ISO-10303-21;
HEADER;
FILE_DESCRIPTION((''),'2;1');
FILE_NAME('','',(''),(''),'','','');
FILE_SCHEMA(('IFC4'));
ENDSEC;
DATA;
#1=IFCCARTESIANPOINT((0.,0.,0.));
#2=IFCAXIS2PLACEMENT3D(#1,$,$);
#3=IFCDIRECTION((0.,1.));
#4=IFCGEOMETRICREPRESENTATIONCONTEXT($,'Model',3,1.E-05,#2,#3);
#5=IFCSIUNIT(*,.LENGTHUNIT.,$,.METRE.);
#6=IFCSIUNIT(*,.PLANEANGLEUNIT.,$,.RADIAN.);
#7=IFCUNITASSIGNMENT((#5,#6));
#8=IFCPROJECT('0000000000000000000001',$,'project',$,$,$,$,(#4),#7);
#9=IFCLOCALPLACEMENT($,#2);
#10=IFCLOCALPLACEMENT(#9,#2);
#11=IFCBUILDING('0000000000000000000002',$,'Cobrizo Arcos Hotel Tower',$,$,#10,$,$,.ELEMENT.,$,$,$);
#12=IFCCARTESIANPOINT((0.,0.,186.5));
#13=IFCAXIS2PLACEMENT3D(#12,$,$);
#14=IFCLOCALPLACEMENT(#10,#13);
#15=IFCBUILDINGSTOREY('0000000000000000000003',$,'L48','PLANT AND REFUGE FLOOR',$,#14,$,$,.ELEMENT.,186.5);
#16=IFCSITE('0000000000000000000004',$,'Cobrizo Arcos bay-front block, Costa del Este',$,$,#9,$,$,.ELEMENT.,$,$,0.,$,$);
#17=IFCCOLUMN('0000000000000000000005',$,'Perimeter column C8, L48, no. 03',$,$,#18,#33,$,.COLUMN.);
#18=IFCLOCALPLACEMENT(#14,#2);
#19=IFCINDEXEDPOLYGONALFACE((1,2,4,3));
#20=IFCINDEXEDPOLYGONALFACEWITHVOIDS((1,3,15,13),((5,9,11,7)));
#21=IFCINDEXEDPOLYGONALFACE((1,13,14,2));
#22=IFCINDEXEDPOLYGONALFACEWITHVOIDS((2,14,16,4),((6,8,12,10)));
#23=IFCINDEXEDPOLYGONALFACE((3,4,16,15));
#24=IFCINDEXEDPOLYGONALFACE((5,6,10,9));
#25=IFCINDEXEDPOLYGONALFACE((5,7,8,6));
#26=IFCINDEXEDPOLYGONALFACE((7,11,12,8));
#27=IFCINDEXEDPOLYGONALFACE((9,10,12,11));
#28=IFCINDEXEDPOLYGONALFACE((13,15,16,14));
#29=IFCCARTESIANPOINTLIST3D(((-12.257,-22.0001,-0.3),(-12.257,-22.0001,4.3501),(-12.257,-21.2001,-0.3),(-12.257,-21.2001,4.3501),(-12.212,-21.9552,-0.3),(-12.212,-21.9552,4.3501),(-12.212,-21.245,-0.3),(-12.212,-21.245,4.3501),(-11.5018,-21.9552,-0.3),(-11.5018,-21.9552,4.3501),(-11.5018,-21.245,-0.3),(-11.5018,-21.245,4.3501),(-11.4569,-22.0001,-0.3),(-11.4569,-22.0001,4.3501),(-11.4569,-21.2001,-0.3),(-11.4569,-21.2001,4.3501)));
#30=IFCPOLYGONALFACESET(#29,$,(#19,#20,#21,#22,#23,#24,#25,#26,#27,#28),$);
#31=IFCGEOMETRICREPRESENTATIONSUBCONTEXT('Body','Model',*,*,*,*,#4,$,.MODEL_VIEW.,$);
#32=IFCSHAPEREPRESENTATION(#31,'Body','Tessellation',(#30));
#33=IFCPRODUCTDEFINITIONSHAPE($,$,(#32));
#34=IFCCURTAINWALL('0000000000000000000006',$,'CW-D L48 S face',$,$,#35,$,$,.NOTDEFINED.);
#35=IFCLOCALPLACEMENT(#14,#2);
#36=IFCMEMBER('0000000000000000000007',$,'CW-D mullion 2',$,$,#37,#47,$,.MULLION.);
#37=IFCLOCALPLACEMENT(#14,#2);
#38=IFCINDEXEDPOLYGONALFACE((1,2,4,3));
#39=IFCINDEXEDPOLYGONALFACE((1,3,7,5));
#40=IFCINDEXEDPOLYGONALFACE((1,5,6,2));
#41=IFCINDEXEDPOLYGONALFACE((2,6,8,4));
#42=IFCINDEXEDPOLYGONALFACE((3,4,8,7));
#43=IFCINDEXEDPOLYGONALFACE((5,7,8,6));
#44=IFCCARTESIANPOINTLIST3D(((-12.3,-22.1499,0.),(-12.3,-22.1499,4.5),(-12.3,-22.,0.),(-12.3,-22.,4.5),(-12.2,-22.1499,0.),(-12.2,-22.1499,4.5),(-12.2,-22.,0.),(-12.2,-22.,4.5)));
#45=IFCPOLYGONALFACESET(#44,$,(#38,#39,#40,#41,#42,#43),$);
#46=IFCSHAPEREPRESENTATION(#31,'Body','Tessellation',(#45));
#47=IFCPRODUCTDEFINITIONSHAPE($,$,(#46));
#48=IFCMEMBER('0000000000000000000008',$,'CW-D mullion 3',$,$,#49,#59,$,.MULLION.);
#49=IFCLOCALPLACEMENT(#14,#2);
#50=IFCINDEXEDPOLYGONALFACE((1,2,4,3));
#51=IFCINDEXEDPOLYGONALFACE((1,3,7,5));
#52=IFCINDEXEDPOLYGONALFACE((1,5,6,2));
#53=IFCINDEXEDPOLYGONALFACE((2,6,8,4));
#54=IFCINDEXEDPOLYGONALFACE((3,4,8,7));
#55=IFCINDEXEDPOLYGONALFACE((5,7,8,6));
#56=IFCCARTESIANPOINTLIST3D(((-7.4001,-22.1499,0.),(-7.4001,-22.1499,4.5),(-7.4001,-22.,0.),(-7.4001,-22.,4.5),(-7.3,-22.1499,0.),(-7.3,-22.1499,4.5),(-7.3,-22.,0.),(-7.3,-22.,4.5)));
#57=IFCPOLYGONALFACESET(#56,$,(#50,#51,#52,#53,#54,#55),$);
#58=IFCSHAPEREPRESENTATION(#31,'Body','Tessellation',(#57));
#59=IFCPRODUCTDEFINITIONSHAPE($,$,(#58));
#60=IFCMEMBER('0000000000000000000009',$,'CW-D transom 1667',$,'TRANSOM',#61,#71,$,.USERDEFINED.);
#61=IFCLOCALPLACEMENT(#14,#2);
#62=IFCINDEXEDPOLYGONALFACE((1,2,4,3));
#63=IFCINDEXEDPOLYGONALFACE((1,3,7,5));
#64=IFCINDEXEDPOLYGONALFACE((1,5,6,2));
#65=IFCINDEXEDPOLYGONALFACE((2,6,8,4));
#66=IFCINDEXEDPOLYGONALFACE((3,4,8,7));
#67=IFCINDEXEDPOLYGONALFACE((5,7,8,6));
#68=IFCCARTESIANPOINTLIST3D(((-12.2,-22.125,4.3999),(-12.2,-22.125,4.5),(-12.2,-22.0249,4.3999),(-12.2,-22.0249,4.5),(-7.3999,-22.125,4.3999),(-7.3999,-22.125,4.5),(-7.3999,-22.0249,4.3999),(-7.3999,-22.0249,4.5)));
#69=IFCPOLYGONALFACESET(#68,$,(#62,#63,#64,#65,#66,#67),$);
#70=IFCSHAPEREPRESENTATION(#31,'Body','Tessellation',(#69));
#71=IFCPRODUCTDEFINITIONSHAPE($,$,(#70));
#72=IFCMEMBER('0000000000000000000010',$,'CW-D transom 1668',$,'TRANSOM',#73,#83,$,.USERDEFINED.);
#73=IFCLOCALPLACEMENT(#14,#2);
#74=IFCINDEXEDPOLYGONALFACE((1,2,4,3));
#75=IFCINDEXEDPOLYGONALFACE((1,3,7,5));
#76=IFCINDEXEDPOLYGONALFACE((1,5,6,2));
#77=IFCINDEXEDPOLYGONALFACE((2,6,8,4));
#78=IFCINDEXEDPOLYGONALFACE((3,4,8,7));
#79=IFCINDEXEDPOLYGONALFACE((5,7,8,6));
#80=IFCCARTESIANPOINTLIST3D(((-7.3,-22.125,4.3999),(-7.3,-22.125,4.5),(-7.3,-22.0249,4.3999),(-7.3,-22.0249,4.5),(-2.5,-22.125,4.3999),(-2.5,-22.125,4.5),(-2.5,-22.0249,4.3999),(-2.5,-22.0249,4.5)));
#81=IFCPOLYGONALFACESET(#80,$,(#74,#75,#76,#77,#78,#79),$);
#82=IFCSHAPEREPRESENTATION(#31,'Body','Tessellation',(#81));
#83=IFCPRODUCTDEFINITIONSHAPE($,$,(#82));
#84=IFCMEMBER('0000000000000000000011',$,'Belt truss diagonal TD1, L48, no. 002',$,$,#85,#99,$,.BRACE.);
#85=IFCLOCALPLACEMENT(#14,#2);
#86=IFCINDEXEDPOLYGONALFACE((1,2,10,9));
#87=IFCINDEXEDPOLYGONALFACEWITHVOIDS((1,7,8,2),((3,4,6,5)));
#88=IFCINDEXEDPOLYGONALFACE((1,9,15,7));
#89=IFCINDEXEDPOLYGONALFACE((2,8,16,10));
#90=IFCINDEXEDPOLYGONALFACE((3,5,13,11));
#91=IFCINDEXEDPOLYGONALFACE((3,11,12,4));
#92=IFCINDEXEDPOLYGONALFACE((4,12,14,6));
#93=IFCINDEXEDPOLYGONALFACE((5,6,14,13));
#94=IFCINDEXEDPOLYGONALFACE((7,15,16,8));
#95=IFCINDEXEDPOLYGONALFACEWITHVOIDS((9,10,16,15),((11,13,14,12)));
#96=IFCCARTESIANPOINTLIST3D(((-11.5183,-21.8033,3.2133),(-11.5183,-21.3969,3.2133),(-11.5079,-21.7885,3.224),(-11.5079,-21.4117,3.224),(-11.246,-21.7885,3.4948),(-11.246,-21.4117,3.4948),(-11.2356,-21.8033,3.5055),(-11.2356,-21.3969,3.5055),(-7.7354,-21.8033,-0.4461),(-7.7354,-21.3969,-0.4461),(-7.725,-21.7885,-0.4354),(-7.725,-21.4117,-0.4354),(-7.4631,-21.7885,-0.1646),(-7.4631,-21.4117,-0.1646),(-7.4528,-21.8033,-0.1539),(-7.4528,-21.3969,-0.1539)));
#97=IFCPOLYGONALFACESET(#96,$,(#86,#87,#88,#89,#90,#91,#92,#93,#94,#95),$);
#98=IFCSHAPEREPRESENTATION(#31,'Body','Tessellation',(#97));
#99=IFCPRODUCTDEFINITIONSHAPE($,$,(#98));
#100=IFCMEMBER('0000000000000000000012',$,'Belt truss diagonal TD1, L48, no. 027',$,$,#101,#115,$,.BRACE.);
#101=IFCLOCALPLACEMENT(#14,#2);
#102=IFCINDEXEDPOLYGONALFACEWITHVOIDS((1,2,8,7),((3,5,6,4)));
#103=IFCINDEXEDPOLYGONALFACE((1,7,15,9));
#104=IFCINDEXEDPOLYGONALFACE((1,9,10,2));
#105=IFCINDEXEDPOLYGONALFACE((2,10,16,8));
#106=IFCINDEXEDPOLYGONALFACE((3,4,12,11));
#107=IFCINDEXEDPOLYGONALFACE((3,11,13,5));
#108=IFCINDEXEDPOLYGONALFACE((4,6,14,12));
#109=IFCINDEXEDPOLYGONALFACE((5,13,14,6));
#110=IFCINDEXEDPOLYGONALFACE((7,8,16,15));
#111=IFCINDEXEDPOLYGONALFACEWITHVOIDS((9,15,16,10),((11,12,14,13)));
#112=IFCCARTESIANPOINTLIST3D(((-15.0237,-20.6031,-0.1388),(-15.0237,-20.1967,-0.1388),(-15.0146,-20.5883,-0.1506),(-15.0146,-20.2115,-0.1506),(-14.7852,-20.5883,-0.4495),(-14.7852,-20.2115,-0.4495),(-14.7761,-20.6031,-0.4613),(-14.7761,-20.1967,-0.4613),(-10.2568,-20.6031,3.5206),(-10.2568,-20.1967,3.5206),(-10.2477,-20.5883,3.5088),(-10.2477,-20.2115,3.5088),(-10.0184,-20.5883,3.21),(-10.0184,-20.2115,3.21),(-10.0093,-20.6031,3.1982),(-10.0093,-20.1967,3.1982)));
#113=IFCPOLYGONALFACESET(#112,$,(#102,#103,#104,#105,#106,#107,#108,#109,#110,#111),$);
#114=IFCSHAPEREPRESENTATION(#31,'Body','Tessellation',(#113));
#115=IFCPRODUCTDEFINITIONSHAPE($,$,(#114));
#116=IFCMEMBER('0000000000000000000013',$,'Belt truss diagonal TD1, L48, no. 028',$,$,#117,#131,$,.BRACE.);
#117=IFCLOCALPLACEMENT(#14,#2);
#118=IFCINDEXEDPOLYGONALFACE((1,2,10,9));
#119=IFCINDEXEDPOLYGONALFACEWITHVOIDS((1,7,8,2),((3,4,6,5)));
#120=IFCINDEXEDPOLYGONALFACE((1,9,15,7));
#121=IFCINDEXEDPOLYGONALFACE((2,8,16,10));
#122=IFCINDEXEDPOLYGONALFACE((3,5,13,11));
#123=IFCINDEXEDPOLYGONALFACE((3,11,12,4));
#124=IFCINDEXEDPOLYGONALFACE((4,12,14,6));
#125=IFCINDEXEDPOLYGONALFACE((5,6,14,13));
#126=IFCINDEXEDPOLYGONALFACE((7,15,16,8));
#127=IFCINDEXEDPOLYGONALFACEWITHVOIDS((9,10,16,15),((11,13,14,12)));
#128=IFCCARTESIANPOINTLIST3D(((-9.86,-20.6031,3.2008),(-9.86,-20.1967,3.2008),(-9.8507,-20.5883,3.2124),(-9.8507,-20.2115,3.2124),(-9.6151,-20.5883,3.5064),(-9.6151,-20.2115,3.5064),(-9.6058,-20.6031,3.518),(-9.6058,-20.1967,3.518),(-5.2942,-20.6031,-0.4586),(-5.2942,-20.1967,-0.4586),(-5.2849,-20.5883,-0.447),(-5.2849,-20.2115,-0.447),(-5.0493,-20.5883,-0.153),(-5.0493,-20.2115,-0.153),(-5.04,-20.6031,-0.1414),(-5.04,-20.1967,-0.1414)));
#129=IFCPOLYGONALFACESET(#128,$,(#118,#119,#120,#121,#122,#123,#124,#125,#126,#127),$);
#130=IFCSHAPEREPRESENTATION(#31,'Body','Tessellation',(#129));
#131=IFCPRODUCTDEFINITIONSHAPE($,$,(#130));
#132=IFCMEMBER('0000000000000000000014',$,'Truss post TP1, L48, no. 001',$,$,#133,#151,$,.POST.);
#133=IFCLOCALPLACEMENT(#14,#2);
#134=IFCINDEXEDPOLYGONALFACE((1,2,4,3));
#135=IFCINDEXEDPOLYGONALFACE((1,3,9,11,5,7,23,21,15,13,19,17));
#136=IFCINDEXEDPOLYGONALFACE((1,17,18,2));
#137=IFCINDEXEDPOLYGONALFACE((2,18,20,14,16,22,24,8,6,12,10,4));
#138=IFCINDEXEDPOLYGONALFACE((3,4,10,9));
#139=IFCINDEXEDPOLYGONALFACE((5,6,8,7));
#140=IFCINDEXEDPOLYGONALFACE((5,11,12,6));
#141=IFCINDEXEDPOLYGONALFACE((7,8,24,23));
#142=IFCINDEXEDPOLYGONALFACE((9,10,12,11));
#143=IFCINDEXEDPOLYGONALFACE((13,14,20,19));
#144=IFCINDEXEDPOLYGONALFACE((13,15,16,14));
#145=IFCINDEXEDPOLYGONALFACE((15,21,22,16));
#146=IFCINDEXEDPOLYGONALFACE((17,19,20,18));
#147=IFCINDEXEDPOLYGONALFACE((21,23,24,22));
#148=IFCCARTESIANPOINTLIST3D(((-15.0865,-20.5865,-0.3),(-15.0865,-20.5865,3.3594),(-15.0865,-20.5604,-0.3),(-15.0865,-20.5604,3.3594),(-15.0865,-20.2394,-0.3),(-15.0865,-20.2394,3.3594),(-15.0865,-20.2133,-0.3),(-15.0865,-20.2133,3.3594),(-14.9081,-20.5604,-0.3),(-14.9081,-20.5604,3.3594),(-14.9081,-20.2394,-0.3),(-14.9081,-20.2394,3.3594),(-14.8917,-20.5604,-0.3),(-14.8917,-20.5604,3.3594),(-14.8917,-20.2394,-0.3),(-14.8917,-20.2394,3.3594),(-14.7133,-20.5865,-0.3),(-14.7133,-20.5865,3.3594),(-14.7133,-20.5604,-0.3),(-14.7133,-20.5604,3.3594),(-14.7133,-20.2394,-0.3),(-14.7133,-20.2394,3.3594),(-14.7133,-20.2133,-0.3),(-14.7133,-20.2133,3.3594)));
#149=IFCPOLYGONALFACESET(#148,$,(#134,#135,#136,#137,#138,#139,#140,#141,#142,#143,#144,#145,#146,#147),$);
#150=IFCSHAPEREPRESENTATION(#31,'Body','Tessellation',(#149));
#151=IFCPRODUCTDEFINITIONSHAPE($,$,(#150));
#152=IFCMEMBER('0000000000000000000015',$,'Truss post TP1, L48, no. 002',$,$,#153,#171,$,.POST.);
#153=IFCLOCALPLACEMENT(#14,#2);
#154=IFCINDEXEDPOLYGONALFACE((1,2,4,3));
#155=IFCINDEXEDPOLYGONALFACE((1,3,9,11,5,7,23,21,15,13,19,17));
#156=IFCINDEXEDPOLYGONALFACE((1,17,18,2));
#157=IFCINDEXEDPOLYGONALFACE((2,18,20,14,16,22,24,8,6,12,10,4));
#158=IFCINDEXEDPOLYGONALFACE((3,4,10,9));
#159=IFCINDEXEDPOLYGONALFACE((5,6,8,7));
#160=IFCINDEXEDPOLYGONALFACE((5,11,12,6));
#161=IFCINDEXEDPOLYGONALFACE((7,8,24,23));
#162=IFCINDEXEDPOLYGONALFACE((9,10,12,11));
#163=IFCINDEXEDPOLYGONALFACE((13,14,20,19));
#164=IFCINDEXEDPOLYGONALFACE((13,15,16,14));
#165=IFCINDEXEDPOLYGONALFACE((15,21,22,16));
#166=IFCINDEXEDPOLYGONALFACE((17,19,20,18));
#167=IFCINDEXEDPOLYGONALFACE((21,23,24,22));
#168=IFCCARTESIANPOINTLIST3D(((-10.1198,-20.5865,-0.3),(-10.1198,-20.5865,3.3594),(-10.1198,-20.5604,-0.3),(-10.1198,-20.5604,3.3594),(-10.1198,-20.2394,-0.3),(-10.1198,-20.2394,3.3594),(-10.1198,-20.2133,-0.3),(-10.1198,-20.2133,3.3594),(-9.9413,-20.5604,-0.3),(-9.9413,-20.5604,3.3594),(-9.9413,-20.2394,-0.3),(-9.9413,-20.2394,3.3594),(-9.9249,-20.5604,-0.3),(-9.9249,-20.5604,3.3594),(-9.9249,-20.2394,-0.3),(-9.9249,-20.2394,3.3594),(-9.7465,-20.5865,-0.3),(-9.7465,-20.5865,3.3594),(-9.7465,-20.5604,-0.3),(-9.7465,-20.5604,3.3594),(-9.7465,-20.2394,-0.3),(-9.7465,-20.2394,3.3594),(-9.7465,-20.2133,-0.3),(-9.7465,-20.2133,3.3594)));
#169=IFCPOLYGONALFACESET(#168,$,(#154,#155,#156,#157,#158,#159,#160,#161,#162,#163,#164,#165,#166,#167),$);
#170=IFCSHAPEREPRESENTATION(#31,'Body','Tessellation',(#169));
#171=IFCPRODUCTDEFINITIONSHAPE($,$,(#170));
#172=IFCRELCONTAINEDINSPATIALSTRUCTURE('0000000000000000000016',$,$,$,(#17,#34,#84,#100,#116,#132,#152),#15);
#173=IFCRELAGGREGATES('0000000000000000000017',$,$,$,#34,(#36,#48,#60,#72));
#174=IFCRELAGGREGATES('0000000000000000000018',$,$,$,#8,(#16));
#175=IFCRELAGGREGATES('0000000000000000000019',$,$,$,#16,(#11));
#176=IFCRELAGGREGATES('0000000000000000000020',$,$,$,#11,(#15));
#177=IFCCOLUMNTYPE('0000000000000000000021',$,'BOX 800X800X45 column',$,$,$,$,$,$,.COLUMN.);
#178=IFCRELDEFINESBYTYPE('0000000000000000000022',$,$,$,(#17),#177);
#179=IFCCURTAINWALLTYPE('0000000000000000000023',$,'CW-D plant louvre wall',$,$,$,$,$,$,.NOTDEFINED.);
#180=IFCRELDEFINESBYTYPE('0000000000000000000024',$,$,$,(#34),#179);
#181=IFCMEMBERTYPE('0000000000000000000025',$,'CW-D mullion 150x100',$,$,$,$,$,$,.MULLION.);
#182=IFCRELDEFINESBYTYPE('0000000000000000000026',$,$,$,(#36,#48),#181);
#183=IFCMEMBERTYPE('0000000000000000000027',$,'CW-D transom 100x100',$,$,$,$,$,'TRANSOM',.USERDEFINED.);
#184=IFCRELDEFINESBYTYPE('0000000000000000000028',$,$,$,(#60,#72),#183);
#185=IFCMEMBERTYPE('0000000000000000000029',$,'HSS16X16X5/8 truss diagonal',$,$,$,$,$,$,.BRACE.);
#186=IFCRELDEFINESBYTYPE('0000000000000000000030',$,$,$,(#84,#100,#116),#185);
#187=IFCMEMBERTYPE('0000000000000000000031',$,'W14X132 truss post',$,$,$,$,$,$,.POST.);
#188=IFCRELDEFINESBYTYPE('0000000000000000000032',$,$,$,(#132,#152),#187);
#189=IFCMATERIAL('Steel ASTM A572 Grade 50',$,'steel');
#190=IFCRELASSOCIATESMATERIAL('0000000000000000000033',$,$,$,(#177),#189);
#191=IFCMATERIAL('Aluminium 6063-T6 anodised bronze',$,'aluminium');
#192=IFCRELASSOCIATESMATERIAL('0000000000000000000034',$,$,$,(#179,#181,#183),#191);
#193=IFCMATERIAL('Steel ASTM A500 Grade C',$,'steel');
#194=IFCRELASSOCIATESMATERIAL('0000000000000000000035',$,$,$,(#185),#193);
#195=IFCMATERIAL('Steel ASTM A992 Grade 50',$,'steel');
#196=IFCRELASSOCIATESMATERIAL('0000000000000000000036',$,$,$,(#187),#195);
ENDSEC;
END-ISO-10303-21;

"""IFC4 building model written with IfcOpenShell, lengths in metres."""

from ifc_helpers import new_model, si_unit, direction, frame, origin, origin_2d, place, context, subcontext, project, spatial, rectangle, hollow_rectangle, i_section, extrude, material, material_profile, profile_set, type_object, element, aggregate, save


model = new_model("IFC4")

# Units and contexts
model_context = context("Model", 3, precision=1e-05, world=origin(), true_north=direction((0.0, 1.0)))
body_context = subcontext(model_context, "Body", "Model", "MODEL_VIEW")
ifc_project = project(units=[si_unit("LENGTHUNIT", "METRE"), si_unit("PLANEANGLEUNIT", "RADIAN")], contexts=[model_context])

# Site, building, storey
site_placement = place(None, origin())
site = spatial("IfcSite", under=ifc_project, at=site_placement, Name="Cobrizo Arcos bay-front block, Costa del Este", CompositionType="ELEMENT", RefElevation=0.0)
building_placement = place(site_placement, origin())
building = spatial("IfcBuilding", under=site, at=building_placement, Name="Cobrizo Arcos Hotel Tower", CompositionType="ELEMENT")
storey_placement = place(building_placement, frame((0.0, 0.0, 186.5)))
storey = spatial("IfcBuildingStorey", under=building, at=storey_placement, Name="L48", Description="PLANT AND REFUGE FLOOR", CompositionType="ELEMENT", Elevation=186.5)

# Column
ifc_material_1 = material(Name="Steel ASTM A572 Grade 50", Category="steel")
ifc_material_profile_1 = material_profile(ifc_material_1, hollow_rectangle(XDim=0.8, YDim=0.8, WallThickness=0.0449, at=origin_2d()), Name="BOX 800X800X45")
ifc_profile_set_1 = profile_set([ifc_material_profile_1], Name="Steel ASTM A572 Grade 50")
column_type = type_object("IfcColumnType", Name="BOX 800X800X45 column", PredefinedType="COLUMN", material=ifc_profile_set_1)
column_placement = place(storey_placement, frame((-11.8569, -21.6001, -0.3), z_axis=(0.0, 0.0, 1.0), x_axis=(1.0, 0.0, 0.0)))
element("IfcColumn", 1, at=column_placement, inside=storey, type_object=column_type, Name="Perimeter column C8, L48, no. 03", PredefinedType="COLUMN", context=body_context, shape_type="SweptSolid", body=[
    extrude(hollow_rectangle(XDim=0.8, YDim=0.8, WallThickness=0.0449, at=origin_2d()), origin(), (0.0, 0.0, 1.0), 4.6501),
])

# Curtain wall, members
ifc_material_2 = material(Name="Aluminium 6063-T6 anodised bronze", Category="aluminium")
curtain_wall_type = type_object("IfcCurtainWallType", Name="CW-D plant louvre wall", PredefinedType="NOTDEFINED", material=ifc_material_2)
curtain_wall_placement = place(storey_placement, origin())
curtain_wall = element("IfcCurtainWall", 2, at=curtain_wall_placement, inside=storey, type_object=curtain_wall_type, Name="CW-D L48 S face", PredefinedType="NOTDEFINED")
ifc_material_profile_2 = material_profile(ifc_material_2, rectangle(XDim=0.1499, YDim=0.1001, at=origin_2d()), Name="CW-D mullion 150x100")
ifc_profile_set_2 = profile_set([ifc_material_profile_2], Name="Aluminium 6063-T6 anodised bronze")
member_type_1 = type_object("IfcMemberType", Name="CW-D mullion 150x100", PredefinedType="MULLION", material=ifc_profile_set_2)
member_1_placement = place(storey_placement, frame((-12.25, -22.075, 0.0), z_axis=(0.0, 0.0, 1.0), x_axis=(0.0, -1.0, 0.0)))
member_1 = element("IfcMember", 3, at=member_1_placement, type_object=member_type_1, Name="CW-D mullion 2", PredefinedType="MULLION", context=body_context, shape_type="SweptSolid", body=[
    extrude(rectangle(XDim=0.1499, YDim=0.1001, at=origin_2d()), origin(), (0.0, 0.0, 1.0), 4.5),
])
member_2_placement = place(storey_placement, frame((-7.3501, -22.075, 0.0), z_axis=(0.0, 0.0, 1.0), x_axis=(0.0, -1.0, 0.0)))
member_2 = element("IfcMember", 4, at=member_2_placement, type_object=member_type_1, Name="CW-D mullion 3", PredefinedType="MULLION", context=body_context, shape_type="SweptSolid", body=[
    extrude(rectangle(XDim=0.1499, YDim=0.1001, at=origin_2d()), origin(), (0.0, 0.0, 1.0), 4.5),
])
ifc_material_profile_3 = material_profile(ifc_material_2, rectangle(XDim=0.1001, YDim=0.1001, at=origin_2d()), Name="CW-D transom 100x100")
ifc_profile_set_3 = profile_set([ifc_material_profile_3], Name="Aluminium 6063-T6 anodised bronze")
member_type_2 = type_object("IfcMemberType", Name="CW-D transom 100x100", ElementType="TRANSOM", PredefinedType="USERDEFINED", material=ifc_profile_set_3)
member_3_placement = place(storey_placement, frame((-12.2, -22.075, 4.45), z_axis=(1.0, 0.0, 0.0), x_axis=(0.0, 1.0, 0.0)))
member_3 = element("IfcMember", 5, at=member_3_placement, type_object=member_type_2, Name="CW-D transom 1667", ObjectType="TRANSOM", PredefinedType="USERDEFINED", context=body_context, shape_type="SweptSolid", body=[
    extrude(rectangle(XDim=0.1001, YDim=0.1001, at=origin_2d()), origin(), (0.0, 0.0, 1.0), 4.8),
])
member_4_placement = place(storey_placement, frame((-7.3, -22.075, 4.45), z_axis=(1.0, 0.0, 0.0), x_axis=(0.0, 1.0, 0.0)))
member_4 = element("IfcMember", 6, at=member_4_placement, type_object=member_type_2, Name="CW-D transom 1668", ObjectType="TRANSOM", PredefinedType="USERDEFINED", context=body_context, shape_type="SweptSolid", body=[
    extrude(rectangle(XDim=0.1001, YDim=0.1001, at=origin_2d()), origin(), (0.0, 0.0, 1.0), 4.8),
])

# Members
ifc_material_3 = material(Name="Steel ASTM A500 Grade C", Category="steel")
ifc_material_profile_4 = material_profile(ifc_material_3, hollow_rectangle(XDim=0.4065, YDim=0.4065, WallThickness=0.0149, at=origin_2d()), Name="HSS16X16X5/8")
ifc_profile_set_4 = profile_set([ifc_material_profile_4], Name="Steel ASTM A500 Grade C")
member_type_3 = type_object("IfcMemberType", Name="HSS16X16X5/8 truss diagonal", PredefinedType="BRACE", material=ifc_profile_set_4)
member_5_placement = place(storey_placement, frame((-11.377, -21.6001, 3.3594), z_axis=(0.718745, 0.0, -0.695274), x_axis=(0.0, 1.0, 0.0)))
element("IfcMember", 7, at=member_5_placement, inside=storey, type_object=member_type_3, Name="Belt truss diagonal TD1, L48, no. 002", PredefinedType="BRACE", context=body_context, shape_type="SweptSolid", body=[
    extrude(hollow_rectangle(XDim=0.4065, YDim=0.4065, WallThickness=0.0149, at=origin_2d()), origin(), (0.0, 0.0, 1.0), 5.2632),
])
member_6_placement = place(storey_placement, frame((-14.8999, -20.3999, -0.3), z_axis=(0.793217, 0.0, 0.608939), x_axis=(0.0, 1.0, 0.0)))
element("IfcMember", 8, at=member_6_placement, inside=storey, type_object=member_type_3, Name="Belt truss diagonal TD1, L48, no. 027", PredefinedType="BRACE", context=body_context, shape_type="SweptSolid", body=[
    extrude(hollow_rectangle(XDim=0.4065, YDim=0.4065, WallThickness=0.0149, at=origin_2d()), origin(), (0.0, 0.0, 1.0), 6.0095),
])
member_7_placement = place(storey_placement, frame((-9.7329, -20.3999, 3.3594), z_axis=(0.780311, 0.0, -0.625392), x_axis=(0.0, 1.0, 0.0)))
element("IfcMember", 9, at=member_7_placement, inside=storey, type_object=member_type_3, Name="Belt truss diagonal TD1, L48, no. 028", PredefinedType="BRACE", context=body_context, shape_type="SweptSolid", body=[
    extrude(hollow_rectangle(XDim=0.4065, YDim=0.4065, WallThickness=0.0149, at=origin_2d()), origin(), (0.0, 0.0, 1.0), 5.8513),
])
ifc_material_4 = material(Name="Steel ASTM A992 Grade 50", Category="steel")
ifc_material_profile_5 = material_profile(ifc_material_4, i_section(OverallWidth=0.3733, OverallDepth=0.3733, WebThickness=0.0164, FlangeThickness=0.0261, at=origin_2d()), Name="W14X132")
ifc_profile_set_5 = profile_set([ifc_material_profile_5], Name="Steel ASTM A992 Grade 50")
member_type_4 = type_object("IfcMemberType", Name="W14X132 truss post", PredefinedType="POST", material=ifc_profile_set_5)
for number, where, z_axis, x_axis, name in (
    (10, (-14.8999, -20.3999, -0.3), (0.0, 0.0, 1.0), (1.0, 0.0, 0.0), "Truss post TP1, L48, no. 001"),
    (11, (-9.9331, -20.3999, -0.3), (0.0, 0.0, 1.0), (1.0, 0.0, 0.0), "Truss post TP1, L48, no. 002"),
):
    element("IfcMember", number, at=place(storey_placement, frame(where, z_axis=z_axis, x_axis=x_axis)), inside=storey, type_object=member_type_4, Name=name, PredefinedType="POST", context=body_context, shape_type="SweptSolid", body=[
        extrude(i_section(OverallWidth=0.3733, OverallDepth=0.3733, WebThickness=0.0164, FlangeThickness=0.0261, at=origin_2d()), origin(), (0.0, 0.0, 1.0), 3.6594),
    ])

aggregate(curtain_wall, [member_1, member_2, member_3, member_4])

save(model, "model.ifc")
